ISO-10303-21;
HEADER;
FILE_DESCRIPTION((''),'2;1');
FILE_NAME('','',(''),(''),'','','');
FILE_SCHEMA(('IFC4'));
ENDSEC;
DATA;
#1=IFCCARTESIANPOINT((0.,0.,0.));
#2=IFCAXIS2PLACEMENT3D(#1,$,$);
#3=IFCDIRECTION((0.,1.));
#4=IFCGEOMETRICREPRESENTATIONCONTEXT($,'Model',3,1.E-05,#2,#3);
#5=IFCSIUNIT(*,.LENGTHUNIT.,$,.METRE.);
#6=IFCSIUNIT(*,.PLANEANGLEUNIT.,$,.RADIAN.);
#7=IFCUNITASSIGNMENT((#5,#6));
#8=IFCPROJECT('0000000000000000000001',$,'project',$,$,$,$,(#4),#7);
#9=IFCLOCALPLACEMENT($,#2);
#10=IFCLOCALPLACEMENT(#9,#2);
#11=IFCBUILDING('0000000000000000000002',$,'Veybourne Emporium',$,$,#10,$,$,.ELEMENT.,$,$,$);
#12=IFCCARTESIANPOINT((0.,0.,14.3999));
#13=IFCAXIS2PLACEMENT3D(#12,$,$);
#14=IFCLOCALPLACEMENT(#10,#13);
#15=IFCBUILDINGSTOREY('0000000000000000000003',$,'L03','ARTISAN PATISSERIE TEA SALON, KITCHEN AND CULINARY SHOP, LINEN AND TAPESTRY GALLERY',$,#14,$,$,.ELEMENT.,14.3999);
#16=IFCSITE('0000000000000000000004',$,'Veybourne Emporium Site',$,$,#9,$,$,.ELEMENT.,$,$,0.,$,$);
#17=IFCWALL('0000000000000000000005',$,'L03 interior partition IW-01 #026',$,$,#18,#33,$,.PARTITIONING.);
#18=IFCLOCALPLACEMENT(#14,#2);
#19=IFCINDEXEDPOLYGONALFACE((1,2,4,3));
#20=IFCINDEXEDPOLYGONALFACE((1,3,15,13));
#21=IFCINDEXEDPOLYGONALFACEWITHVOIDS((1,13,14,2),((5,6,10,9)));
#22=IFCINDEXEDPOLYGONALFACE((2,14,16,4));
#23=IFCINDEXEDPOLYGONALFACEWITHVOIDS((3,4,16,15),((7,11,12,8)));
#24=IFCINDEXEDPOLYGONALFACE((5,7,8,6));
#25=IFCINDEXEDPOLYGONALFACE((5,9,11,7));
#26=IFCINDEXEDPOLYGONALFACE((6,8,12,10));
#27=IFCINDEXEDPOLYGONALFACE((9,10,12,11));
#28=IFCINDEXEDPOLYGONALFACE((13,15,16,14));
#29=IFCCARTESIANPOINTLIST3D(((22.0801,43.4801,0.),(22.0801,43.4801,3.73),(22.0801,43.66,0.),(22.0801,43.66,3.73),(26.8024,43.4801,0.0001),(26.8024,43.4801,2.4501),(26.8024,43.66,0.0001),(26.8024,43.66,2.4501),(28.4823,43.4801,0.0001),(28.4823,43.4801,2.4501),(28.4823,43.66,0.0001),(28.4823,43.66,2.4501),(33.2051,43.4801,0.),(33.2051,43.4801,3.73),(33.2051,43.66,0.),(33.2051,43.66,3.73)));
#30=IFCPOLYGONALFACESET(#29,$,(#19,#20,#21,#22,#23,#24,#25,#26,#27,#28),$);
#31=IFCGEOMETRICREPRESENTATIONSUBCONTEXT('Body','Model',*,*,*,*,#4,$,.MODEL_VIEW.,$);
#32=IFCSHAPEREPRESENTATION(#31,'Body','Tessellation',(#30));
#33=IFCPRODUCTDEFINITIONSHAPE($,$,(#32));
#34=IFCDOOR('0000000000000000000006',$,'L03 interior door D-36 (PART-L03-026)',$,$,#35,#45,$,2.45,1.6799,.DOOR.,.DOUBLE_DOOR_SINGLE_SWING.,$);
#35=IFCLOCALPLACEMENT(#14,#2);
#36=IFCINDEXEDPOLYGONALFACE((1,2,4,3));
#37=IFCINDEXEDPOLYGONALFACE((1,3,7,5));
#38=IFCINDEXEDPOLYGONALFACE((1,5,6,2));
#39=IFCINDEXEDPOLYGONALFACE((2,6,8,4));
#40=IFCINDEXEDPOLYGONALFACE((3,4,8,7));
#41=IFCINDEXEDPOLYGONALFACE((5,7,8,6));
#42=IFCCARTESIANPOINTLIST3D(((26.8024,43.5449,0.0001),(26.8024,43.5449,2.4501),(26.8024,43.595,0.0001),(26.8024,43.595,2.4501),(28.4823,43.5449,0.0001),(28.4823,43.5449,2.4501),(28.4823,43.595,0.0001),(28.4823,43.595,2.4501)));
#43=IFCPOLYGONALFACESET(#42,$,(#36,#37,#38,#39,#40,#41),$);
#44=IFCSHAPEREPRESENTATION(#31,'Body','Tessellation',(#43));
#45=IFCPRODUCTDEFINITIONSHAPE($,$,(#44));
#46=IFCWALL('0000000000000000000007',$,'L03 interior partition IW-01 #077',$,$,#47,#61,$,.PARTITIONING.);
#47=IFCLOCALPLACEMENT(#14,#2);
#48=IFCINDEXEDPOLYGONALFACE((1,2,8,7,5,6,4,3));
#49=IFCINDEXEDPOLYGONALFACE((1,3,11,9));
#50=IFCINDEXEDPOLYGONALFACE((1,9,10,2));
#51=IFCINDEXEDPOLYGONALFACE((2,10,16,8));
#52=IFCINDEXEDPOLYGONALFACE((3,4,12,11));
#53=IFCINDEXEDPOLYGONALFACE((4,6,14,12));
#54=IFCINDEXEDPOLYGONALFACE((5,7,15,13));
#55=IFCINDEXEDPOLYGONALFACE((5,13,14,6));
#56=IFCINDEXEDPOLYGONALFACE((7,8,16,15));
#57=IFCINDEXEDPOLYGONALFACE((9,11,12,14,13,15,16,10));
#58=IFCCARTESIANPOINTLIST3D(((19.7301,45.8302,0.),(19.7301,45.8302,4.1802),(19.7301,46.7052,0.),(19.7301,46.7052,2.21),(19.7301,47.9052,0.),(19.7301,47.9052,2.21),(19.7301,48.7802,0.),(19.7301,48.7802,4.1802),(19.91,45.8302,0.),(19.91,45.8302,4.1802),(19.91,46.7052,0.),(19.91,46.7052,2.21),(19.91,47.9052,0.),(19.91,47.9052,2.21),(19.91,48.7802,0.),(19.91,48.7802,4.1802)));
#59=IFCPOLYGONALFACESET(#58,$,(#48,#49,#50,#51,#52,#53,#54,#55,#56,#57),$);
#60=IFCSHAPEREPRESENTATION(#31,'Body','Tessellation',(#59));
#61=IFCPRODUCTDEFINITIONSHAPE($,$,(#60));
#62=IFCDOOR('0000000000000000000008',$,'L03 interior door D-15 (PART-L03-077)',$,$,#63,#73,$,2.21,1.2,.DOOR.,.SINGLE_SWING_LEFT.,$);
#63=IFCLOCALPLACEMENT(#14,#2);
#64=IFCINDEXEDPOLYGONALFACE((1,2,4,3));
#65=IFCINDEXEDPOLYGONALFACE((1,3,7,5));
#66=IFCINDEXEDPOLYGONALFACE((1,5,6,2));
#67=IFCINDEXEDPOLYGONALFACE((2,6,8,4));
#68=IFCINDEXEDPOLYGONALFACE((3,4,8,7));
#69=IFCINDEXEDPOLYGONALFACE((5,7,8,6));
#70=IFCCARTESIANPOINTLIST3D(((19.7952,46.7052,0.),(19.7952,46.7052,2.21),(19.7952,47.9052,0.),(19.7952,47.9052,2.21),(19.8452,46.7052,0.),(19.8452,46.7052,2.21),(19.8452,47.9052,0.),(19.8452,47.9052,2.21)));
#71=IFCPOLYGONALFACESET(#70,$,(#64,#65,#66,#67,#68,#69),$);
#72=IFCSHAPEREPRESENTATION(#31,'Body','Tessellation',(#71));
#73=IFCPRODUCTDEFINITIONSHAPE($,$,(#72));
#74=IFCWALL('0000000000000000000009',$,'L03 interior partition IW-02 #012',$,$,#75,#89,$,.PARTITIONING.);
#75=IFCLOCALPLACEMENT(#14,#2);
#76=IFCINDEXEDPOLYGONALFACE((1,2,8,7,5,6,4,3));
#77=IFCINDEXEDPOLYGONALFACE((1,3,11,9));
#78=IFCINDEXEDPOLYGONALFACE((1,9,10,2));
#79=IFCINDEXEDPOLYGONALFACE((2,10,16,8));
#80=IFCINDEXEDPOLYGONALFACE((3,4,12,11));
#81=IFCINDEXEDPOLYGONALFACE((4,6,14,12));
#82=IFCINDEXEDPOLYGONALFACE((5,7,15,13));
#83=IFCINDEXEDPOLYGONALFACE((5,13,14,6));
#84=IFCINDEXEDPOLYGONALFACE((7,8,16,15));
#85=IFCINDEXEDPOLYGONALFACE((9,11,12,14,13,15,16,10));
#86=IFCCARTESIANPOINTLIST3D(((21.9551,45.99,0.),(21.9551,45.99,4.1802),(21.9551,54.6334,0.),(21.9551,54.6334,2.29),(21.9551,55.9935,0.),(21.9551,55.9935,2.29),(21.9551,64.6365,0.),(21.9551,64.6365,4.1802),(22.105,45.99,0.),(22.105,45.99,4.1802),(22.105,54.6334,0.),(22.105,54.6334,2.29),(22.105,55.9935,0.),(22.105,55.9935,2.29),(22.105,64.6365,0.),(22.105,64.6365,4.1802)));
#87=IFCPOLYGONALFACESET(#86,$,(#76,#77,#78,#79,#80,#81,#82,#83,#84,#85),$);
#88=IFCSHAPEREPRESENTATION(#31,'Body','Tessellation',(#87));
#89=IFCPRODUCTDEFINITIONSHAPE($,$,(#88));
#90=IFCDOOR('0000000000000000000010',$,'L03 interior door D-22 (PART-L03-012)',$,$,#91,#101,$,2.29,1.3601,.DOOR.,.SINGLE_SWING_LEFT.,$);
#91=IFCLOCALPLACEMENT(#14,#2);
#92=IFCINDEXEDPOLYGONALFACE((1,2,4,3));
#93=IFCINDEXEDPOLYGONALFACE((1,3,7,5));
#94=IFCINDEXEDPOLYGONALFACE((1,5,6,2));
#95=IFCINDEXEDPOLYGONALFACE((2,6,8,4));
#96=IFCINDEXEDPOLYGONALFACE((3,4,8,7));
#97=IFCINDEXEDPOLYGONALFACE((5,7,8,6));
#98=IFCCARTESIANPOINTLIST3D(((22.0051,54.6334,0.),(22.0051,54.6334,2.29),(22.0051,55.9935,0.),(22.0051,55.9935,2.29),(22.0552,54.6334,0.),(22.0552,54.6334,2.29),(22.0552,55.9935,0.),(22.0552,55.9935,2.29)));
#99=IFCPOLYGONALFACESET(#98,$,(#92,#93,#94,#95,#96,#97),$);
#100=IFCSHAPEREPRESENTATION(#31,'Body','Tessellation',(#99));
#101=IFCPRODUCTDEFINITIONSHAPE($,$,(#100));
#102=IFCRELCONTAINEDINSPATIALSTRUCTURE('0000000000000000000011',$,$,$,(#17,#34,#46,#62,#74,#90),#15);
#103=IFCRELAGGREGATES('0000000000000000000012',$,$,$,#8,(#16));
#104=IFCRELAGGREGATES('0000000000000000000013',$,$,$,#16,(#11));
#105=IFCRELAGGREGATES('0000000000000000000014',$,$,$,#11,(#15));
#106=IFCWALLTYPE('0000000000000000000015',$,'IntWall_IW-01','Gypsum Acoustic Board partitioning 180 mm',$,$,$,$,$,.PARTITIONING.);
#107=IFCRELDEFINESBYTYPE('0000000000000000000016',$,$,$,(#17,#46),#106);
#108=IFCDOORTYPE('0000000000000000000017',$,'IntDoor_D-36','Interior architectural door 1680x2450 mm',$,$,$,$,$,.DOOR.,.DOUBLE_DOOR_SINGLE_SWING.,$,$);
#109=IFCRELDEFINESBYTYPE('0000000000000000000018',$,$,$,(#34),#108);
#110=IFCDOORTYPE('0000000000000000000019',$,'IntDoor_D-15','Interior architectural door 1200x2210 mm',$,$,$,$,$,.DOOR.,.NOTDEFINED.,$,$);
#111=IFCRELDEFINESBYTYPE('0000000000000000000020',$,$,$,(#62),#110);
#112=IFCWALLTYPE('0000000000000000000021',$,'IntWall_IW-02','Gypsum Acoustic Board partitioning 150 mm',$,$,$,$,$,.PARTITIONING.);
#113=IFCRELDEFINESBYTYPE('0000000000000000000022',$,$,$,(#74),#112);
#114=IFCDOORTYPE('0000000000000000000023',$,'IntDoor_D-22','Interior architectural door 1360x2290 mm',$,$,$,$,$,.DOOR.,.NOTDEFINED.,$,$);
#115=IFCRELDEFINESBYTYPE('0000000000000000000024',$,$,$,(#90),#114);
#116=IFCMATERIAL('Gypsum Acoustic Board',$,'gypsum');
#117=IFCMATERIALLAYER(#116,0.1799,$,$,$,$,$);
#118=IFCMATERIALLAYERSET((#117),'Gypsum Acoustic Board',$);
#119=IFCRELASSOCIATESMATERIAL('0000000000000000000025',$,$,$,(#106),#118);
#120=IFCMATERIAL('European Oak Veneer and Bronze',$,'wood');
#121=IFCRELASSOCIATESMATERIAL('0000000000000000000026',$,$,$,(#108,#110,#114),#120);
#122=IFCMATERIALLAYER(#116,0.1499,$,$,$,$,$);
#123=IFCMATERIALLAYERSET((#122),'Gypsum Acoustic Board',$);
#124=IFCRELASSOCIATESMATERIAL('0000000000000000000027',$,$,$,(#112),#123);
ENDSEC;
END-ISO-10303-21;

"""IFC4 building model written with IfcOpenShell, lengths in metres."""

from ifc_helpers import new_model, si_unit, direction, frame, frame_2d, origin, place, context, subcontext, project, spatial, rectangle, extrude, material, layer, layer_set, type_object, element, fill, save


model = new_model("IFC4")

# Units and contexts
model_context = context("Model", 3, precision=1e-05, world=origin(), true_north=direction((0.0, 1.0)))
body_context = subcontext(model_context, "Body", "Model", "MODEL_VIEW")
ifc_project = project(units=[si_unit("LENGTHUNIT", "METRE"), si_unit("PLANEANGLEUNIT", "RADIAN")], contexts=[model_context])

# Site, building, storey
site_placement = place(None, origin())
site = spatial("IfcSite", under=ifc_project, at=site_placement, Name="Veybourne Emporium Site", CompositionType="ELEMENT", RefElevation=0.0)
building_placement = place(site_placement, origin())
building = spatial("IfcBuilding", under=site, at=building_placement, Name="Veybourne Emporium", CompositionType="ELEMENT")
storey_placement = place(building_placement, frame((0.0, 0.0, 14.3999)))
storey = spatial("IfcBuildingStorey", under=building, at=storey_placement, Name="L03", Description="ARTISAN PATISSERIE TEA SALON, KITCHEN AND CULINARY SHOP, LINEN AND TAPESTRY GALLERY", CompositionType="ELEMENT", Elevation=14.3999)

# Walls, openings, doors
ifc_material_1 = material(Name="Gypsum Acoustic Board", Category="gypsum")
ifc_layer_1 = layer(ifc_material_1, 0.1799)
ifc_layer_set_1 = layer_set([ifc_layer_1], Name="Gypsum Acoustic Board")
wall_type_1 = type_object("IfcWallType", Name="IntWall_IW-01", Description="Gypsum Acoustic Board partitioning 180 mm", PredefinedType="PARTITIONING", material=ifc_layer_set_1)
ifc_material_2 = material(Name="European Oak Veneer and Bronze", Category="wood")
wall_1_placement = place(storey_placement, frame((22.0801, 43.5701, 0.0), z_axis=(0.0, 0.0, 1.0), x_axis=(1.0, 0.0, 0.0)))
wall_1 = element("IfcWall", 1, at=wall_1_placement, inside=storey, type_object=wall_type_1, Name="L03 interior partition IW-01 #026", PredefinedType="PARTITIONING", context=body_context, shape_type="SweptSolid", body=[
    extrude(rectangle(XDim=11.125, YDim=0.1799, at=frame_2d((5.5625, 0.0))), origin(), (0.0, 0.0, 1.0), 3.73),
])
opening_1_placement = place(wall_1_placement, frame((4.7224, 0.0, 0.0)))
opening_1 = element("IfcOpeningElement", 2, at=opening_1_placement, cuts=wall_1, PredefinedType="OPENING", context=body_context, shape_type="SweptSolid", body=[
    extrude(rectangle(XDim=1.6799, YDim=2.45, at=frame_2d((0.8398, 1.2251))), frame((0.0, 0.1099, 0.0), z_axis=(0.0, -1.0, 0.0), x_axis=(1.0, 0.0, 0.0)), (0.0, 0.0, 1.0), 0.22),
])
door_type_1 = type_object("IfcDoorType", Name="IntDoor_D-36", Description="Interior architectural door 1680x2450 mm", OperationType="DOUBLE_DOOR_SINGLE_SWING", PredefinedType="DOOR", material=ifc_material_2)
door_1_placement = place(opening_1_placement, origin())
door_1 = element("IfcDoor", 3, at=door_1_placement, inside=storey, type_object=door_type_1, Name="L03 interior door D-36 (PART-L03-026)", OperationType="DOUBLE_DOOR_SINGLE_SWING", OverallHeight=2.45, OverallWidth=1.6799, PredefinedType="DOOR", context=body_context, shape_type="SweptSolid", body=[
    extrude(rectangle(XDim=1.6799, YDim=2.45, at=frame_2d((0.8398, 1.2251))), frame((0.0, 0.0249, 0.0), z_axis=(0.0, -1.0, 0.0), x_axis=(1.0, 0.0, 0.0)), (0.0, 0.0, 1.0), 0.05),
])
fill(opening_1, door_1)
wall_2_placement = place(storey_placement, frame((19.8201, 45.8301, 0.0), z_axis=(0.0, 0.0, 1.0), x_axis=(0.0, 1.0, 0.0)))
wall_2 = element("IfcWall", 4, at=wall_2_placement, inside=storey, type_object=wall_type_1, Name="L03 interior partition IW-01 #077", PredefinedType="PARTITIONING", context=body_context, shape_type="SweptSolid", body=[
    extrude(rectangle(XDim=2.95, YDim=0.1799, at=frame_2d((1.4751, 0.0))), origin(), (0.0, 0.0, 1.0), 4.1802),
])
opening_2_placement = place(wall_2_placement, frame((0.875, 0.0, 0.0)))
opening_2 = element("IfcOpeningElement", 5, at=opening_2_placement, cuts=wall_2, PredefinedType="OPENING", context=body_context, shape_type="SweptSolid", body=[
    extrude(rectangle(XDim=1.2, YDim=2.21, at=frame_2d((0.6001, 1.105))), frame((0.0, 0.1099, 0.0), z_axis=(0.0, -1.0, 0.0), x_axis=(1.0, 0.0, 0.0)), (0.0, 0.0, 1.0), 0.22),
])
door_type_2 = type_object("IfcDoorType", Name="IntDoor_D-15", Description="Interior architectural door 1200x2210 mm", OperationType="NOTDEFINED", PredefinedType="DOOR", material=ifc_material_2)
door_2_placement = place(opening_2_placement, origin())
door_2 = element("IfcDoor", 6, at=door_2_placement, inside=storey, type_object=door_type_2, Name="L03 interior door D-15 (PART-L03-077)", OperationType="SINGLE_SWING_LEFT", OverallHeight=2.21, OverallWidth=1.2, PredefinedType="DOOR", context=body_context, shape_type="SweptSolid", body=[
    extrude(rectangle(XDim=1.2, YDim=2.21, at=frame_2d((0.6001, 1.105))), frame((0.0, 0.0249, 0.0), z_axis=(0.0, -1.0, 0.0), x_axis=(1.0, 0.0, 0.0)), (0.0, 0.0, 1.0), 0.05),
])
fill(opening_2, door_2)
ifc_layer_2 = layer(ifc_material_1, 0.1499)
ifc_layer_set_2 = layer_set([ifc_layer_2], Name="Gypsum Acoustic Board")
wall_type_2 = type_object("IfcWallType", Name="IntWall_IW-02", Description="Gypsum Acoustic Board partitioning 150 mm", PredefinedType="PARTITIONING", material=ifc_layer_set_2)
wall_3_placement = place(storey_placement, frame((22.03, 45.99, 0.0), z_axis=(0.0, 0.0, 1.0), x_axis=(0.0, 1.0, 0.0)))
wall_3 = element("IfcWall", 7, at=wall_3_placement, inside=storey, type_object=wall_type_2, Name="L03 interior partition IW-02 #012", PredefinedType="PARTITIONING", context=body_context, shape_type="SweptSolid", body=[
    extrude(rectangle(XDim=18.6465, YDim=0.1499, at=frame_2d((9.3232, 0.0))), origin(), (0.0, 0.0, 1.0), 4.1802),
])
opening_3_placement = place(wall_3_placement, frame((8.6433, 0.0, 0.0)))
opening_3 = element("IfcOpeningElement", 8, at=opening_3_placement, cuts=wall_3, PredefinedType="OPENING", context=body_context, shape_type="SweptSolid", body=[
    extrude(rectangle(XDim=1.3601, YDim=2.29, at=frame_2d((0.6802, 1.145))), frame((0.0, 0.095, 0.0), z_axis=(0.0, -1.0, 0.0), x_axis=(1.0, 0.0, 0.0)), (0.0, 0.0, 1.0), 0.1899),
])
door_type_3 = type_object("IfcDoorType", Name="IntDoor_D-22", Description="Interior architectural door 1360x2290 mm", OperationType="NOTDEFINED", PredefinedType="DOOR", material=ifc_material_2)
door_3_placement = place(opening_3_placement, origin())
door_3 = element("IfcDoor", 9, at=door_3_placement, inside=storey, type_object=door_type_3, Name="L03 interior door D-22 (PART-L03-012)", OperationType="SINGLE_SWING_LEFT", OverallHeight=2.29, OverallWidth=1.3601, PredefinedType="DOOR", context=body_context, shape_type="SweptSolid", body=[
    extrude(rectangle(XDim=1.3601, YDim=2.29, at=frame_2d((0.6802, 1.145))), frame((0.0, 0.0249, 0.0), z_axis=(0.0, -1.0, 0.0), x_axis=(1.0, 0.0, 0.0)), (0.0, 0.0, 1.0), 0.05),
])
fill(opening_3, door_3)

save(model, "model.ifc")
